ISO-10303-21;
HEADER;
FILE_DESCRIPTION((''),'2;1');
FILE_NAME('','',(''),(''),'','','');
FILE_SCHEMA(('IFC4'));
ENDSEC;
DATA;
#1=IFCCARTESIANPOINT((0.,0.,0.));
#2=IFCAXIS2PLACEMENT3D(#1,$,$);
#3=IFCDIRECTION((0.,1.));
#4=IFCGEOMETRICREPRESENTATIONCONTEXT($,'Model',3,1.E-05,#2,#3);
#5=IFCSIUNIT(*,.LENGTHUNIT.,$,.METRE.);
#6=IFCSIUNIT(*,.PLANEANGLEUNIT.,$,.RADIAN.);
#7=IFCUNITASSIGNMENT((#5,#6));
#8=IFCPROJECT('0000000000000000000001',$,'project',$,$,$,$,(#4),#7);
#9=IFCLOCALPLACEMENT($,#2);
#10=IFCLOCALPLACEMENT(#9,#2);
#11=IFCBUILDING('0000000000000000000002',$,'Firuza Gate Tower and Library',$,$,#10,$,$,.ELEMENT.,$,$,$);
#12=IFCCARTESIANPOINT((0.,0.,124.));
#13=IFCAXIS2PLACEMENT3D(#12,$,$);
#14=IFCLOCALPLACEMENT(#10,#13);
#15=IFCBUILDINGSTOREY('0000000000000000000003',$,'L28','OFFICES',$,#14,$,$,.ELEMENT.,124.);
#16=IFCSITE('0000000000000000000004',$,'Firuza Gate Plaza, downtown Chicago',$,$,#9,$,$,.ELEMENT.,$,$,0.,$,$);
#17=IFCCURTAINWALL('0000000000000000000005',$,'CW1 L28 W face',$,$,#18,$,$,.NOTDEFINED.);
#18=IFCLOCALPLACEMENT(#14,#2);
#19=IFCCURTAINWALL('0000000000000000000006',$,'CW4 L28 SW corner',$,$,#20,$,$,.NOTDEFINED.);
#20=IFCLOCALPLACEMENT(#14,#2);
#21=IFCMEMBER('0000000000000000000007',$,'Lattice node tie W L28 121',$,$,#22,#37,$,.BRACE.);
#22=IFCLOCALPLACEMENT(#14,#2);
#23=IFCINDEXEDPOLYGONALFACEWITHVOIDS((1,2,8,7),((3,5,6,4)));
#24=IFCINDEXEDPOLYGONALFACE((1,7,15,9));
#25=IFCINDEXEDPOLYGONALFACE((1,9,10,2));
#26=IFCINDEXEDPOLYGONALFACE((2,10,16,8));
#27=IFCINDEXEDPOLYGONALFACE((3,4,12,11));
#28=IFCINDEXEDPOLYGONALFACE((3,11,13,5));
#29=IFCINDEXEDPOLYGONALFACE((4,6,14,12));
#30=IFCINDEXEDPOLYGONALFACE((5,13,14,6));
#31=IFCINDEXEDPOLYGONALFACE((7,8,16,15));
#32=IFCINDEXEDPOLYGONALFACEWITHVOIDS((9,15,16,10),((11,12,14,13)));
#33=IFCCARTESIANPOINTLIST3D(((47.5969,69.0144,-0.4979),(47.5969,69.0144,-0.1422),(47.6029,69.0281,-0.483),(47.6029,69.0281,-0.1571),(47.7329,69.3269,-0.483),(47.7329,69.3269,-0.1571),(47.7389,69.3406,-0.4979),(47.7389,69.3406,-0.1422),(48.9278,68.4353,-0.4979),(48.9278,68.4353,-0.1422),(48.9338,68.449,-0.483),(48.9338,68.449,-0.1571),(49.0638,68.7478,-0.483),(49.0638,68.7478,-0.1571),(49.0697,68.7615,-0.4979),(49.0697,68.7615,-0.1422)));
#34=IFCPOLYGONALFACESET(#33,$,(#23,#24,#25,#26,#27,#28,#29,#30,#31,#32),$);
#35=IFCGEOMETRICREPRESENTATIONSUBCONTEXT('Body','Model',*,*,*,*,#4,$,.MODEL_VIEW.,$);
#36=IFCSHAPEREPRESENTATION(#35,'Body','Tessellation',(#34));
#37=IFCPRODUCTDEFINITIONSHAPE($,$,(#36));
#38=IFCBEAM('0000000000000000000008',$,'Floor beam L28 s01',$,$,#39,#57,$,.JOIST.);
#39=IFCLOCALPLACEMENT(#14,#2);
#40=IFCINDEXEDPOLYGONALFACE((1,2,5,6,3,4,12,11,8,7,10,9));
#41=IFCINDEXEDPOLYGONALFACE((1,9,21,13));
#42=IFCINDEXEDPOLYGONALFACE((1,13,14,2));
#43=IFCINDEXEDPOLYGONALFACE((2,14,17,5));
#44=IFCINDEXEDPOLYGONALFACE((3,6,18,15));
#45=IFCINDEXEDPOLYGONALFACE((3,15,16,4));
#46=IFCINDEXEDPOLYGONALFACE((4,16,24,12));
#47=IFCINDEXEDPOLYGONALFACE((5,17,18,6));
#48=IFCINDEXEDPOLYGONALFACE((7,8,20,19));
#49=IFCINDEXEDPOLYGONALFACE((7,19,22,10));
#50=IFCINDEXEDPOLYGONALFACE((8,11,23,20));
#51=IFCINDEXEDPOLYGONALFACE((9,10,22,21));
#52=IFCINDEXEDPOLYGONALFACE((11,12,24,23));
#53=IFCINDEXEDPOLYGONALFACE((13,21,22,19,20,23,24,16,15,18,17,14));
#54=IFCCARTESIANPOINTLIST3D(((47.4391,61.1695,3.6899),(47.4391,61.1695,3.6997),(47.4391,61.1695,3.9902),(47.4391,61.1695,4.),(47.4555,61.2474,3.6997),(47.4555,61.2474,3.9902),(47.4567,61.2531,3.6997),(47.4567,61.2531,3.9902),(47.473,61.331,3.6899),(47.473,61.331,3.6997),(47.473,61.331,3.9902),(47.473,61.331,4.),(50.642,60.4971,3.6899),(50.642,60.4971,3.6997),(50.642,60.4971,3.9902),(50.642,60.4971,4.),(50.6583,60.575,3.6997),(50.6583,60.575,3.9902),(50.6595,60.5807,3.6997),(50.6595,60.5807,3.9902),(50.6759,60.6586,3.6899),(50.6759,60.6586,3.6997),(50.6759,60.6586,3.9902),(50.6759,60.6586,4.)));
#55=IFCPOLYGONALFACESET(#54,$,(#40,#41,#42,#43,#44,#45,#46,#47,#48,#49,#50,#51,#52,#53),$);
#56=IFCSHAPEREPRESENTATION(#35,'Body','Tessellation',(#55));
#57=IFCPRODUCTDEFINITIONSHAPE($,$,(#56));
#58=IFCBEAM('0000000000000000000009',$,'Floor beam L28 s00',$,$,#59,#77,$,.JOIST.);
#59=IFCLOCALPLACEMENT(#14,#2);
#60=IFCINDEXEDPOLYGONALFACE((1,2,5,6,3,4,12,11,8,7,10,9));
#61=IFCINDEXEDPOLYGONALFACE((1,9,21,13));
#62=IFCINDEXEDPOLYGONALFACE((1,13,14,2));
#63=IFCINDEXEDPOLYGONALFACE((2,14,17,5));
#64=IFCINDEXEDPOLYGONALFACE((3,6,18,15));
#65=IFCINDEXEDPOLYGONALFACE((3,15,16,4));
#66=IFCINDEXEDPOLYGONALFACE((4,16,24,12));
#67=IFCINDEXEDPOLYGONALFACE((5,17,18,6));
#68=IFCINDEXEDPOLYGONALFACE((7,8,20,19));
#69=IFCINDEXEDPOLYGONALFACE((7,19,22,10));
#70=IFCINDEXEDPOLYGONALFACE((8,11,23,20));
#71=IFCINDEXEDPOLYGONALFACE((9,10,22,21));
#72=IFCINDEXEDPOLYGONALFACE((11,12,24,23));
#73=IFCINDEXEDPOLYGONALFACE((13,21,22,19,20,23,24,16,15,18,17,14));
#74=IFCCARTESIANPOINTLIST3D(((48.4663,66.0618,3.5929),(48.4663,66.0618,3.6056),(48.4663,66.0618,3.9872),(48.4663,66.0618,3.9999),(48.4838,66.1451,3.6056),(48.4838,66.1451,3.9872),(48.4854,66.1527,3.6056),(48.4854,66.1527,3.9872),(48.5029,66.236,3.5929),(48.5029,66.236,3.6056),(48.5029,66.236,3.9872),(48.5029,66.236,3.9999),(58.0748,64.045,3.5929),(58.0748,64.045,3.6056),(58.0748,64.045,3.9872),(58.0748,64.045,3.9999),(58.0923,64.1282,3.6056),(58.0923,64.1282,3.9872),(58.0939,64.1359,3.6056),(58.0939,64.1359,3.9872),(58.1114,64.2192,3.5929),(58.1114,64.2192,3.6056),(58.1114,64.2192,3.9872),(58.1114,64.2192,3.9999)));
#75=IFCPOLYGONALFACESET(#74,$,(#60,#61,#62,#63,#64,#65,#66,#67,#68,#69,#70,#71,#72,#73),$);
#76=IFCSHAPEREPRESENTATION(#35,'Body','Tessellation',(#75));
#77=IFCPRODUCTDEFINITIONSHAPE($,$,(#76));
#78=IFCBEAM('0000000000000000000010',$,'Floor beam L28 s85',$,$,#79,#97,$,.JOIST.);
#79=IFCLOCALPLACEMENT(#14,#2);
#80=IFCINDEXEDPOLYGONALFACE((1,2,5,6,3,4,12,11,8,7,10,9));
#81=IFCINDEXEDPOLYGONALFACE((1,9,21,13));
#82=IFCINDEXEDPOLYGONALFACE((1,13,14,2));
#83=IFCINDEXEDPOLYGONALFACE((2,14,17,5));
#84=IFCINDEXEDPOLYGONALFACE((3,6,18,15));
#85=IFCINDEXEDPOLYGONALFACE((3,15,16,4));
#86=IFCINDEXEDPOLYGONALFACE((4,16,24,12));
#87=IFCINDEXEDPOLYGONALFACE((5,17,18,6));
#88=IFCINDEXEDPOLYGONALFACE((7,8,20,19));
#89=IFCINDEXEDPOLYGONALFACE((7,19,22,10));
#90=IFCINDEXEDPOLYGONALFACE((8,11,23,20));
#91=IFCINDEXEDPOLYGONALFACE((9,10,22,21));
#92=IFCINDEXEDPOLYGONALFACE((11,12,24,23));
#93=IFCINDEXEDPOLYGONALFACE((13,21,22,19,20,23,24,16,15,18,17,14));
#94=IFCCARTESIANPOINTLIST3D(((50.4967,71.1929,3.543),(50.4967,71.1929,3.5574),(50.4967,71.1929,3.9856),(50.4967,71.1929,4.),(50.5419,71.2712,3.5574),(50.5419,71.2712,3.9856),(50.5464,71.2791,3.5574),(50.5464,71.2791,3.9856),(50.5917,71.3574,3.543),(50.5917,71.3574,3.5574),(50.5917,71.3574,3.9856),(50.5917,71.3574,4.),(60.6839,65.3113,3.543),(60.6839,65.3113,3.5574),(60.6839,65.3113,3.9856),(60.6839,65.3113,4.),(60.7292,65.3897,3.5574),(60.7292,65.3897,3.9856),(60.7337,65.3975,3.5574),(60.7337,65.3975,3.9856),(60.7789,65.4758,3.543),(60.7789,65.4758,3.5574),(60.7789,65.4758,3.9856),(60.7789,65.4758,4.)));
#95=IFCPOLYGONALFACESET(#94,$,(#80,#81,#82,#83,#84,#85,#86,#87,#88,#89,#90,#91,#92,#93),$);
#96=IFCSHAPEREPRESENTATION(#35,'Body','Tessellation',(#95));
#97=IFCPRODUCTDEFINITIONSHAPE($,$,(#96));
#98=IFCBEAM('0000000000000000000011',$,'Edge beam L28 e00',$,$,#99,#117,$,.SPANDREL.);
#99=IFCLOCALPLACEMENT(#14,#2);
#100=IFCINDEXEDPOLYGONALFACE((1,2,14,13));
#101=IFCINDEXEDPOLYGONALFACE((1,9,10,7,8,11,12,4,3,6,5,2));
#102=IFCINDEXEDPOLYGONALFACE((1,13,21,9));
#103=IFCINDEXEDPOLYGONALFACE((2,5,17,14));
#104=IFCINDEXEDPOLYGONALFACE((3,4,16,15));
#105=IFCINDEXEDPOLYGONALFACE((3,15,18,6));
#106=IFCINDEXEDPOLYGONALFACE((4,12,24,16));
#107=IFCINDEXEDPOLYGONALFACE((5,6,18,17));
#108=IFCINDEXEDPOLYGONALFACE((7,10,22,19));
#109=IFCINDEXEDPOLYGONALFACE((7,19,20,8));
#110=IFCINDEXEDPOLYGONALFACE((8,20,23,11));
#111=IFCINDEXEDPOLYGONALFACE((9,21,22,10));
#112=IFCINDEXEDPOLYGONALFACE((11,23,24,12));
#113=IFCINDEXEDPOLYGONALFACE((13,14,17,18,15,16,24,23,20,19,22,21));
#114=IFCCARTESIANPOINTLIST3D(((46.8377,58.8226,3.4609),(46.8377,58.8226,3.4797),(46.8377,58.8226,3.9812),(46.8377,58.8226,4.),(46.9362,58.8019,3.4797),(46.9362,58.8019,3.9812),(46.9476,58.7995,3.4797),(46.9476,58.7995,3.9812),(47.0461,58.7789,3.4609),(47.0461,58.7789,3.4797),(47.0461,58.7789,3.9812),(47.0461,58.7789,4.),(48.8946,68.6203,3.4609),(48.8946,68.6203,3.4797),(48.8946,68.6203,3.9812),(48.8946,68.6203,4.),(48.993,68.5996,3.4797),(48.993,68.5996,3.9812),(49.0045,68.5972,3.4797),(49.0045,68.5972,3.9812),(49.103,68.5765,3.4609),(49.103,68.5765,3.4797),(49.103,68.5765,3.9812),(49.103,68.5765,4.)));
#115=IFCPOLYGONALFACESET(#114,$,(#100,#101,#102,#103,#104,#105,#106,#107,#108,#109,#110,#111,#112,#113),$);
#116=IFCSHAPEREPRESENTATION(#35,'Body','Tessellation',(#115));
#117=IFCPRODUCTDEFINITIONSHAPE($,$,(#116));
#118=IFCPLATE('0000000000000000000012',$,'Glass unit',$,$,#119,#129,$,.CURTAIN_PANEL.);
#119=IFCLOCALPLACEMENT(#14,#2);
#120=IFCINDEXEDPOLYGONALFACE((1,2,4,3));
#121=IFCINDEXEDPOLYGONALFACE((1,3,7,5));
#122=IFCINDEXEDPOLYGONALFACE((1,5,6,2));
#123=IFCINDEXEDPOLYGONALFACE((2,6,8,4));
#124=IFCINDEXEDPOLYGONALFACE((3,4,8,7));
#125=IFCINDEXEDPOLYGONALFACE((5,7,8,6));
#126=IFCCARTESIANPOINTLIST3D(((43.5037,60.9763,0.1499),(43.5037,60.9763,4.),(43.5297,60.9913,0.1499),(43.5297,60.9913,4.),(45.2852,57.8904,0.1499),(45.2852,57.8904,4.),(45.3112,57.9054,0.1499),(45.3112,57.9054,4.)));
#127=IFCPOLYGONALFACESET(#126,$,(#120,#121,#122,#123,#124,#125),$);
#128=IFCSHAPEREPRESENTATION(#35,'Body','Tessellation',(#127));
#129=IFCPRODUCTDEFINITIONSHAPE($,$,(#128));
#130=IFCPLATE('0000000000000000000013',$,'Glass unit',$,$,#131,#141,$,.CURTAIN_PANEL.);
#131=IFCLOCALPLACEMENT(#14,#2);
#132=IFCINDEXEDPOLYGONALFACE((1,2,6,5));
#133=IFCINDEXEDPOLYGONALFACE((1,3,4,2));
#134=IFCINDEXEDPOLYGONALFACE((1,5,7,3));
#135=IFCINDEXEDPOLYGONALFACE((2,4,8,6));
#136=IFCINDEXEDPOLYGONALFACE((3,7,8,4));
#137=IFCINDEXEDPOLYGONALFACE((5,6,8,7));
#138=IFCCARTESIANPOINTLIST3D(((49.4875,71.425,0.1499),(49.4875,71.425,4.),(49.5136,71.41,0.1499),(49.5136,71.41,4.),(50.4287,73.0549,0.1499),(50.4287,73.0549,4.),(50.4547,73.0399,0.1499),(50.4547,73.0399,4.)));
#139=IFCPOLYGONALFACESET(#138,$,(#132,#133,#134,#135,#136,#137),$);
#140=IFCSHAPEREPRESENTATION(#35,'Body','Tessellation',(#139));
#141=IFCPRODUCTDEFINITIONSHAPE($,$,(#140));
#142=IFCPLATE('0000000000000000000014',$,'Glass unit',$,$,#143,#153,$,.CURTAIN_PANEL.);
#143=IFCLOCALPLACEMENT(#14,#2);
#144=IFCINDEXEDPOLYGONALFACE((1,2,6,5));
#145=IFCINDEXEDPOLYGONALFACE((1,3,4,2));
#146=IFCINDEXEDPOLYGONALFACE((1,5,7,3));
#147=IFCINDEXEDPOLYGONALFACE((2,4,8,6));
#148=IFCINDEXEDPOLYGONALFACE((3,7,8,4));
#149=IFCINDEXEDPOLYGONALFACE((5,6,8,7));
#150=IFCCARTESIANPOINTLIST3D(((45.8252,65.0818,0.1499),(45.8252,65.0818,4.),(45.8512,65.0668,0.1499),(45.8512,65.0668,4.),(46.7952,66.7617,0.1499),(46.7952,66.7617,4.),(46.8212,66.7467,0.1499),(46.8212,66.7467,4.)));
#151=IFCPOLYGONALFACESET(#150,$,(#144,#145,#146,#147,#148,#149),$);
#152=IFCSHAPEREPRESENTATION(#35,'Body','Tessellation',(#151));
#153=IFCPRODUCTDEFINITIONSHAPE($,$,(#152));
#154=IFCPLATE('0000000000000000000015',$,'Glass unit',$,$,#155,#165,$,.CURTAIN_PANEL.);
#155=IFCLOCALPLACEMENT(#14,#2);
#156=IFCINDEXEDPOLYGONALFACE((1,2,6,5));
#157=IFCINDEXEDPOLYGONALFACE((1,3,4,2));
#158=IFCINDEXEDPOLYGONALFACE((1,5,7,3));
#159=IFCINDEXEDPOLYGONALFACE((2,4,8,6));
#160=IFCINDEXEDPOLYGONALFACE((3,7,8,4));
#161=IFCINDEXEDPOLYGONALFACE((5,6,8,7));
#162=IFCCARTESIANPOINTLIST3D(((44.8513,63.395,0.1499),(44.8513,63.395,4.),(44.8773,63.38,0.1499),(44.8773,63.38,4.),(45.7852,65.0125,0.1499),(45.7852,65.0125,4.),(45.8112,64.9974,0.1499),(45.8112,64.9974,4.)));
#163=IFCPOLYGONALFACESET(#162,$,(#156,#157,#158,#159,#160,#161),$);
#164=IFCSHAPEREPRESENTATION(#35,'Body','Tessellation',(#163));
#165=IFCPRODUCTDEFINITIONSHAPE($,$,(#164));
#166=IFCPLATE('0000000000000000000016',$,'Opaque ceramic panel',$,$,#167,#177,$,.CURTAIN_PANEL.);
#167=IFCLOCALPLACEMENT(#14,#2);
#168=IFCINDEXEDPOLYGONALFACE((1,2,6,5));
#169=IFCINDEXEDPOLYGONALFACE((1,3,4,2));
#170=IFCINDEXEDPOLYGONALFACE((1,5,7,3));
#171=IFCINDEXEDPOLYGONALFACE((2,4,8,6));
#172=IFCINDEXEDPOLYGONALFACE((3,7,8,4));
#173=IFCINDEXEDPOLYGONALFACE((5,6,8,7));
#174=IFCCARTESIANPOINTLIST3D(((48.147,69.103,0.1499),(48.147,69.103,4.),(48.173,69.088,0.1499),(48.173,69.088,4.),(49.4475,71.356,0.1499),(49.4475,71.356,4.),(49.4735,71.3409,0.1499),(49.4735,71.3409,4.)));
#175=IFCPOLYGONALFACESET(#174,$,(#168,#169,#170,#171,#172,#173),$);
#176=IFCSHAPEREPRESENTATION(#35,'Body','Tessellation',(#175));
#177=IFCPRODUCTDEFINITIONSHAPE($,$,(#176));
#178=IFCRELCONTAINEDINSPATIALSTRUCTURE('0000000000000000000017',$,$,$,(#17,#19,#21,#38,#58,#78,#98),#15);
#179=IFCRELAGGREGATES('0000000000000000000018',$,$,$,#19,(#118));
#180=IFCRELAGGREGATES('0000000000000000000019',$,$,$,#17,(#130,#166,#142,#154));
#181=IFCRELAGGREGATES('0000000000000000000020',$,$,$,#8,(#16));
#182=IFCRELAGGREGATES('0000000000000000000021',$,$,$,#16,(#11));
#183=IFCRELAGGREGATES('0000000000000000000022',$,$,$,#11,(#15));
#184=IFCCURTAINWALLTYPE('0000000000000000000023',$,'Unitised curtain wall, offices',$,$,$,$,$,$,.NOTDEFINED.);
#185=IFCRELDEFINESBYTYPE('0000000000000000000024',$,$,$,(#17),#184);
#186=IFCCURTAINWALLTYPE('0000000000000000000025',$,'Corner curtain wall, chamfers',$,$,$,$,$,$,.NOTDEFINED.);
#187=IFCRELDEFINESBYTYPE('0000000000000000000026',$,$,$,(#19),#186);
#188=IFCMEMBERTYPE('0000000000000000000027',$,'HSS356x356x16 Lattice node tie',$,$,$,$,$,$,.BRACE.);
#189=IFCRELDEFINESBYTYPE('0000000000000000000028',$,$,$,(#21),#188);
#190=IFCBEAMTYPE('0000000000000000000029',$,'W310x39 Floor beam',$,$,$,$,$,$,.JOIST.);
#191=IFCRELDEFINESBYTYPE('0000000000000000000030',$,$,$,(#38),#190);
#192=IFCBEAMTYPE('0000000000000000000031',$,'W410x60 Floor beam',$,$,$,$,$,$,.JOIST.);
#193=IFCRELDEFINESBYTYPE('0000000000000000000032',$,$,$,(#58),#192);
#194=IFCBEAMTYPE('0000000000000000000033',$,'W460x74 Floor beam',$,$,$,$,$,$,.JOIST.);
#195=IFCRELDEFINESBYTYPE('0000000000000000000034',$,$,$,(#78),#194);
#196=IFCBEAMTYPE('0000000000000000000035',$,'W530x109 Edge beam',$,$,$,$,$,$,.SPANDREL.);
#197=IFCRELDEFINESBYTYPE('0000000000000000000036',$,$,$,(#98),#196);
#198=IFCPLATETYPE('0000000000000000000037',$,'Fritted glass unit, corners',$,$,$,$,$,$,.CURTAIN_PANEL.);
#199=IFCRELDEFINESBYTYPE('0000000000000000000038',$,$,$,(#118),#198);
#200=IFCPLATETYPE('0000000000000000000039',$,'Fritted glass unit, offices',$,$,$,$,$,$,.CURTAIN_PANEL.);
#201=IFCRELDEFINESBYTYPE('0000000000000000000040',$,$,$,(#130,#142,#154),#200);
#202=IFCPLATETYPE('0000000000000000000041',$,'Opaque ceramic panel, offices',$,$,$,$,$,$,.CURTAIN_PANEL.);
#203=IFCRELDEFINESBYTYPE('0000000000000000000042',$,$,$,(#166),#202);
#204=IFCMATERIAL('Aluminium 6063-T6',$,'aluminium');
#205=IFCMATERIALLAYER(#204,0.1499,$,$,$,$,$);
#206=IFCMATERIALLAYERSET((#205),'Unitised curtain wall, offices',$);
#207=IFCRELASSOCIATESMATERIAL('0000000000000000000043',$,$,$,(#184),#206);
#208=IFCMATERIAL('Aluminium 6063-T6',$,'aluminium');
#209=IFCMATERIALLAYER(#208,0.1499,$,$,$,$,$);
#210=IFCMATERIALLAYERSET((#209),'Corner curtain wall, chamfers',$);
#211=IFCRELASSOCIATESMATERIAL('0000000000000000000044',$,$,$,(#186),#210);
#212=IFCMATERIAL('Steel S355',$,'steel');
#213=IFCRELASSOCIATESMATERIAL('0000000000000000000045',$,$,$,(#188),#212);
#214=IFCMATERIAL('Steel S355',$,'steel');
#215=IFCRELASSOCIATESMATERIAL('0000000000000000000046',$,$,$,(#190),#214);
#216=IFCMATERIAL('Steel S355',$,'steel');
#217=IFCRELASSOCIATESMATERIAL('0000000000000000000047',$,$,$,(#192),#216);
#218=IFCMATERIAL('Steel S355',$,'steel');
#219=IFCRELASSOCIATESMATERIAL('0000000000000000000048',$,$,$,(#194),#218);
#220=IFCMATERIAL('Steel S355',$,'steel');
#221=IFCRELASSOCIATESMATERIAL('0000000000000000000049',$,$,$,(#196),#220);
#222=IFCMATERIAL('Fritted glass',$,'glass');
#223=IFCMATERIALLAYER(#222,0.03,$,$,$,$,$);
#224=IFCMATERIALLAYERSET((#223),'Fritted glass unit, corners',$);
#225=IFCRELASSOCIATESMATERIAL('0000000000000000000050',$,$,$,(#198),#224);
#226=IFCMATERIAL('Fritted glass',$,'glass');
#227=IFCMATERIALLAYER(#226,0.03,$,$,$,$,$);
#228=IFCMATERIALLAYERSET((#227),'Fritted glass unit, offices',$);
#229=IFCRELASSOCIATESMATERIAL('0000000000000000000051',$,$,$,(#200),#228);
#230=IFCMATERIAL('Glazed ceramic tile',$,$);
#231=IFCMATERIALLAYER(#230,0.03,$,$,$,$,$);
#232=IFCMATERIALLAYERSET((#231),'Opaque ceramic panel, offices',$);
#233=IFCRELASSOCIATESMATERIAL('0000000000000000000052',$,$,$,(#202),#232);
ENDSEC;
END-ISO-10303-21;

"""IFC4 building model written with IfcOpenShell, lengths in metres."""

from ifc_helpers import new_model, si_unit, direction, frame, origin, origin_2d, place, context, subcontext, project, spatial, polyline, hollow_rectangle, i_section, outline, extrude, material, layer, layer_set, material_profile, profile_set, type_object, element, aggregate, save


model = new_model("IFC4")

# Units and contexts
model_context = context("Model", 3, precision=1e-05, world=origin(), true_north=direction((0.0, 1.0)))
body_context = subcontext(model_context, "Body", "Model", "MODEL_VIEW")
ifc_project = project(units=[si_unit("LENGTHUNIT", "METRE"), si_unit("PLANEANGLEUNIT", "RADIAN")], contexts=[model_context])

# Site, building, storey
site_placement = place(None, origin())
site = spatial("IfcSite", under=ifc_project, at=site_placement, Name="Firuza Gate Plaza, downtown Chicago", CompositionType="ELEMENT", RefElevation=0.0)
building_placement = place(site_placement, origin())
building = spatial("IfcBuilding", under=site, at=building_placement, Name="Firuza Gate Tower and Library", CompositionType="ELEMENT")
storey_placement = place(building_placement, frame((0.0, 0.0, 124.0)))
storey = spatial("IfcBuildingStorey", under=building, at=storey_placement, Name="L28", Description="OFFICES", CompositionType="ELEMENT", Elevation=124.0)

# Curtain walls
ifc_material_1 = material(Name="Aluminium 6063-T6", Category="aluminium")
ifc_layer_1 = layer(ifc_material_1, 0.1499)
ifc_layer_set_1 = layer_set([ifc_layer_1], Name="Unitised curtain wall, offices")
curtain_wall_type_1 = type_object("IfcCurtainWallType", Name="Unitised curtain wall, offices", PredefinedType="NOTDEFINED", material=ifc_layer_set_1)
placement = place(storey_placement, origin())
curtain_wall_1 = element("IfcCurtainWall", 1, at=placement, inside=storey, type_object=curtain_wall_type_1, Name="CW1 L28 W face", PredefinedType="NOTDEFINED")
ifc_material_2 = material(Name="Aluminium 6063-T6", Category="aluminium")
ifc_layer_2 = layer(ifc_material_2, 0.1499)
ifc_layer_set_2 = layer_set([ifc_layer_2], Name="Corner curtain wall, chamfers")
curtain_wall_type_2 = type_object("IfcCurtainWallType", Name="Corner curtain wall, chamfers", PredefinedType="NOTDEFINED", material=ifc_layer_set_2)
curtain_wall_2 = element("IfcCurtainWall", 2, at=placement, inside=storey, type_object=curtain_wall_type_2, Name="CW4 L28 SW corner", PredefinedType="NOTDEFINED")

# Member
ifc_material_3 = material(Name="Steel S355", Category="steel")
ifc_material_profile_1 = material_profile(ifc_material_3, hollow_rectangle(XDim=0.3557, YDim=0.3557, WallThickness=0.0149, at=origin_2d()))
ifc_profile_set_1 = profile_set([ifc_material_profile_1], Name="Steel S355")
member_type_1 = type_object("IfcMemberType", Name="HSS356x356x16 Lattice node tie", PredefinedType="BRACE", material=ifc_profile_set_1)
member_1_placement = place(storey_placement, frame((48.9988, 68.5984, -0.3201), z_axis=(-0.916947, 0.399009, 0.0), x_axis=(-0.399009, -0.916947, 0.0)))
element("IfcMember", 3, at=member_1_placement, inside=storey, type_object=member_type_1, Name="Lattice node tie W L28 121", PredefinedType="BRACE", context=body_context, shape_type="SweptSolid", body=[
    extrude(hollow_rectangle(XDim=0.3557, YDim=0.3557, WallThickness=0.0149, at=origin_2d()), origin(), (0.0, 0.0, 1.0), 1.4514),
])

# Beams
ifc_material_4 = material(Name="Steel S355", Category="steel")
ifc_material_profile_2 = material_profile(ifc_material_4, i_section(OverallWidth=0.165, OverallDepth=0.3101, WebThickness=0.0059, FlangeThickness=0.0098, at=origin_2d()))
ifc_profile_set_2 = profile_set([ifc_material_profile_2], Name="Steel S355")
beam_type_1 = type_object("IfcBeamType", Name="W310x39 Floor beam", PredefinedType="JOIST", material=ifc_profile_set_2)
beam_1_placement = place(storey_placement, frame((47.4561, 61.2502, 3.845), z_axis=(0.978668, -0.205446, 0.0), x_axis=(0.205446, 0.978668, 0.0)))
element("IfcBeam", 4, at=beam_1_placement, inside=storey, type_object=beam_type_1, Name="Floor beam L28 s01", PredefinedType="JOIST", context=body_context, shape_type="SweptSolid", body=[
    extrude(i_section(OverallWidth=0.165, OverallDepth=0.3101, WebThickness=0.0059, FlangeThickness=0.0098, at=origin_2d()), origin(), (0.0, 0.0, 1.0), 3.2727),
])
ifc_material_5 = material(Name="Steel S355", Category="steel")
ifc_material_profile_3 = material_profile(ifc_material_5, i_section(OverallWidth=0.178, OverallDepth=0.407, WebThickness=0.0078, FlangeThickness=0.0127, at=origin_2d()))
ifc_profile_set_3 = profile_set([ifc_material_profile_3], Name="Steel S355")
beam_type_2 = type_object("IfcBeamType", Name="W410x60 Floor beam", PredefinedType="JOIST", material=ifc_profile_set_3)
beam_2_placement = place(storey_placement, frame((48.4846, 66.1489, 3.7964), z_axis=(0.978672, -0.205428, 0.0), x_axis=(0.205428, 0.978672, 0.0)))
element("IfcBeam", 5, at=beam_2_placement, inside=storey, type_object=beam_type_2, Name="Floor beam L28 s00", PredefinedType="JOIST", context=body_context, shape_type="SweptSolid", body=[
    extrude(i_section(OverallWidth=0.178, OverallDepth=0.407, WebThickness=0.0078, FlangeThickness=0.0127, at=origin_2d()), origin(), (0.0, 0.0, 1.0), 9.8179),
])
ifc_material_6 = material(Name="Steel S355", Category="steel")
ifc_material_profile_4 = material_profile(ifc_material_6, i_section(OverallWidth=0.1899, OverallDepth=0.457, WebThickness=0.009, FlangeThickness=0.0144, at=origin_2d()))
ifc_profile_set_4 = profile_set([ifc_material_profile_4], Name="Steel S355")
beam_type_3 = type_object("IfcBeamType", Name="W460x74 Floor beam", PredefinedType="JOIST", material=ifc_profile_set_4)
beam_3_placement = place(storey_placement, frame((50.5442, 71.2751, 3.7715), z_axis=(0.866026, -0.499999, 0.0), x_axis=(0.499999, 0.866026, 0.0)))
element("IfcBeam", 6, at=beam_3_placement, inside=storey, type_object=beam_type_3, Name="Floor beam L28 s85", PredefinedType="JOIST", context=body_context, shape_type="SweptSolid", body=[
    extrude(i_section(OverallWidth=0.1899, OverallDepth=0.457, WebThickness=0.009, FlangeThickness=0.0144, at=origin_2d()), origin(), (0.0, 0.0, 1.0), 11.7632),
])
ifc_material_7 = material(Name="Steel S355", Category="steel")
ifc_material_profile_5 = material_profile(ifc_material_7, i_section(OverallWidth=0.2129, OverallDepth=0.5391, WebThickness=0.0117, FlangeThickness=0.0188, at=origin_2d()))
ifc_profile_set_5 = profile_set([ifc_material_profile_5], Name="Steel S355")
beam_type_4 = type_object("IfcBeamType", Name="W530x109 Edge beam", PredefinedType="SPANDREL", material=ifc_profile_set_5)
beam_4_placement = place(storey_placement, frame((48.9988, 68.5984, 3.7305), z_axis=(-0.205459, -0.978666, 0.0), x_axis=(0.978666, -0.205459, 0.0)))
element("IfcBeam", 7, at=beam_4_placement, inside=storey, type_object=beam_type_4, Name="Edge beam L28 e00", PredefinedType="SPANDREL", context=body_context, shape_type="SweptSolid", body=[
    extrude(i_section(OverallWidth=0.2129, OverallDepth=0.5391, WebThickness=0.0117, FlangeThickness=0.0188, at=origin_2d()), origin(), (0.0, 0.0, 1.0), 10.0112),
])

# Plates
ifc_material_8 = material(Name="Fritted glass", Category="glass")
ifc_layer_3 = layer(ifc_material_8, 0.03)
ifc_layer_set_3 = layer_set([ifc_layer_3], Name="Fritted glass unit, corners")
plate_type_1 = type_object("IfcPlateType", Name="Fritted glass unit, corners", PredefinedType="CURTAIN_PANEL", material=ifc_layer_set_3)
plate_1_placement = place(storey_placement, frame((43.5037, 60.9763, 0.1499), z_axis=(-0.866046, -0.499964, 0.0), x_axis=(0.499964, -0.866046, 0.0)))
plate_1 = element("IfcPlate", 8, at=plate_1_placement, type_object=plate_type_1, Name="Glass unit", PredefinedType="CURTAIN_PANEL", context=body_context, shape_type="SweptSolid", body=[
    extrude(outline(polyline([(0.0, 0.0), (3.5632, 0.0), (3.5632, 3.8501), (0.0, 3.8501), (0.0, 0.0)])), origin(), (0.0, 0.0, -1.0), 0.03),
])
aggregate(curtain_wall_2, [plate_1])
ifc_material_9 = material(Name="Fritted glass", Category="glass")
ifc_layer_4 = layer(ifc_material_9, 0.03)
ifc_layer_set_4 = layer_set([ifc_layer_4], Name="Fritted glass unit, offices")
plate_type_2 = type_object("IfcPlateType", Name="Fritted glass unit, offices", PredefinedType="CURTAIN_PANEL", material=ifc_layer_set_4)
plate_2_placement = place(storey_placement, frame((50.4287, 73.0549, 0.1499), z_axis=(-0.865991, 0.500059, 0.0), x_axis=(-0.500059, -0.865991, 0.0)))
plate_2 = element("IfcPlate", 9, at=plate_2_placement, type_object=plate_type_2, Name="Glass unit", PredefinedType="CURTAIN_PANEL", context=body_context, shape_type="SweptSolid", body=[
    extrude(outline(polyline([(0.0, 0.0), (1.8821, 0.0), (1.8821, 3.8501), (0.0, 3.8501), (0.0, 0.0)])), origin(), (0.0, 0.0, -1.0), 0.03),
])
plate_3_placement = place(storey_placement, frame((46.7952, 66.7617, 0.1499), z_axis=(-0.866012, 0.500024, 0.0), x_axis=(-0.500024, -0.866012, 0.0)))
plate_3 = element("IfcPlate", 10, at=plate_3_placement, type_object=plate_type_2, Name="Glass unit", PredefinedType="CURTAIN_PANEL", context=body_context, shape_type="SweptSolid", body=[
    extrude(outline(polyline([(0.0, 0.0), (1.9398, 0.0), (1.9398, 3.8501), (0.0, 3.8501), (0.0, 0.0)])), origin(), (0.0, 0.0, -1.0), 0.03),
])
plate_4_placement = place(storey_placement, frame((45.7852, 65.0125, 0.1499), z_axis=(-0.866022, 0.500005, 0.0), x_axis=(-0.500005, -0.866022, 0.0)))
plate_4 = element("IfcPlate", 11, at=plate_4_placement, type_object=plate_type_2, Name="Glass unit", PredefinedType="CURTAIN_PANEL", context=body_context, shape_type="SweptSolid", body=[
    extrude(outline(polyline([(0.0, 0.0), (1.8677, 0.0), (1.8677, 3.8501), (0.0, 3.8501), (0.0, 0.0)])), origin(), (0.0, 0.0, -1.0), 0.03),
])
ifc_material_10 = material(Name="Glazed ceramic tile")
ifc_layer_5 = layer(ifc_material_10, 0.03)
ifc_layer_set_5 = layer_set([ifc_layer_5], Name="Opaque ceramic panel, offices")
plate_type_3 = type_object("IfcPlateType", Name="Opaque ceramic panel, offices", PredefinedType="CURTAIN_PANEL", material=ifc_layer_set_5)
plate_5_placement = place(storey_placement, frame((49.4475, 71.356, 0.1499), z_axis=(-0.866057, 0.499945, 0.0), x_axis=(-0.499945, -0.866057, 0.0)))
plate_5 = element("IfcPlate", 12, at=plate_5_placement, type_object=plate_type_3, Name="Opaque ceramic panel", PredefinedType="CURTAIN_PANEL", context=body_context, shape_type="SweptSolid", body=[
    extrude(outline(polyline([(0.0, 0.0), (2.6014, 0.0), (2.6014, 3.8501), (0.0, 3.8501), (0.0, 0.0)])), origin(), (0.0, 0.0, -1.0), 0.03),
])
aggregate(curtain_wall_1, [plate_2, plate_5, plate_3, plate_4])

save(model, "model.ifc")
